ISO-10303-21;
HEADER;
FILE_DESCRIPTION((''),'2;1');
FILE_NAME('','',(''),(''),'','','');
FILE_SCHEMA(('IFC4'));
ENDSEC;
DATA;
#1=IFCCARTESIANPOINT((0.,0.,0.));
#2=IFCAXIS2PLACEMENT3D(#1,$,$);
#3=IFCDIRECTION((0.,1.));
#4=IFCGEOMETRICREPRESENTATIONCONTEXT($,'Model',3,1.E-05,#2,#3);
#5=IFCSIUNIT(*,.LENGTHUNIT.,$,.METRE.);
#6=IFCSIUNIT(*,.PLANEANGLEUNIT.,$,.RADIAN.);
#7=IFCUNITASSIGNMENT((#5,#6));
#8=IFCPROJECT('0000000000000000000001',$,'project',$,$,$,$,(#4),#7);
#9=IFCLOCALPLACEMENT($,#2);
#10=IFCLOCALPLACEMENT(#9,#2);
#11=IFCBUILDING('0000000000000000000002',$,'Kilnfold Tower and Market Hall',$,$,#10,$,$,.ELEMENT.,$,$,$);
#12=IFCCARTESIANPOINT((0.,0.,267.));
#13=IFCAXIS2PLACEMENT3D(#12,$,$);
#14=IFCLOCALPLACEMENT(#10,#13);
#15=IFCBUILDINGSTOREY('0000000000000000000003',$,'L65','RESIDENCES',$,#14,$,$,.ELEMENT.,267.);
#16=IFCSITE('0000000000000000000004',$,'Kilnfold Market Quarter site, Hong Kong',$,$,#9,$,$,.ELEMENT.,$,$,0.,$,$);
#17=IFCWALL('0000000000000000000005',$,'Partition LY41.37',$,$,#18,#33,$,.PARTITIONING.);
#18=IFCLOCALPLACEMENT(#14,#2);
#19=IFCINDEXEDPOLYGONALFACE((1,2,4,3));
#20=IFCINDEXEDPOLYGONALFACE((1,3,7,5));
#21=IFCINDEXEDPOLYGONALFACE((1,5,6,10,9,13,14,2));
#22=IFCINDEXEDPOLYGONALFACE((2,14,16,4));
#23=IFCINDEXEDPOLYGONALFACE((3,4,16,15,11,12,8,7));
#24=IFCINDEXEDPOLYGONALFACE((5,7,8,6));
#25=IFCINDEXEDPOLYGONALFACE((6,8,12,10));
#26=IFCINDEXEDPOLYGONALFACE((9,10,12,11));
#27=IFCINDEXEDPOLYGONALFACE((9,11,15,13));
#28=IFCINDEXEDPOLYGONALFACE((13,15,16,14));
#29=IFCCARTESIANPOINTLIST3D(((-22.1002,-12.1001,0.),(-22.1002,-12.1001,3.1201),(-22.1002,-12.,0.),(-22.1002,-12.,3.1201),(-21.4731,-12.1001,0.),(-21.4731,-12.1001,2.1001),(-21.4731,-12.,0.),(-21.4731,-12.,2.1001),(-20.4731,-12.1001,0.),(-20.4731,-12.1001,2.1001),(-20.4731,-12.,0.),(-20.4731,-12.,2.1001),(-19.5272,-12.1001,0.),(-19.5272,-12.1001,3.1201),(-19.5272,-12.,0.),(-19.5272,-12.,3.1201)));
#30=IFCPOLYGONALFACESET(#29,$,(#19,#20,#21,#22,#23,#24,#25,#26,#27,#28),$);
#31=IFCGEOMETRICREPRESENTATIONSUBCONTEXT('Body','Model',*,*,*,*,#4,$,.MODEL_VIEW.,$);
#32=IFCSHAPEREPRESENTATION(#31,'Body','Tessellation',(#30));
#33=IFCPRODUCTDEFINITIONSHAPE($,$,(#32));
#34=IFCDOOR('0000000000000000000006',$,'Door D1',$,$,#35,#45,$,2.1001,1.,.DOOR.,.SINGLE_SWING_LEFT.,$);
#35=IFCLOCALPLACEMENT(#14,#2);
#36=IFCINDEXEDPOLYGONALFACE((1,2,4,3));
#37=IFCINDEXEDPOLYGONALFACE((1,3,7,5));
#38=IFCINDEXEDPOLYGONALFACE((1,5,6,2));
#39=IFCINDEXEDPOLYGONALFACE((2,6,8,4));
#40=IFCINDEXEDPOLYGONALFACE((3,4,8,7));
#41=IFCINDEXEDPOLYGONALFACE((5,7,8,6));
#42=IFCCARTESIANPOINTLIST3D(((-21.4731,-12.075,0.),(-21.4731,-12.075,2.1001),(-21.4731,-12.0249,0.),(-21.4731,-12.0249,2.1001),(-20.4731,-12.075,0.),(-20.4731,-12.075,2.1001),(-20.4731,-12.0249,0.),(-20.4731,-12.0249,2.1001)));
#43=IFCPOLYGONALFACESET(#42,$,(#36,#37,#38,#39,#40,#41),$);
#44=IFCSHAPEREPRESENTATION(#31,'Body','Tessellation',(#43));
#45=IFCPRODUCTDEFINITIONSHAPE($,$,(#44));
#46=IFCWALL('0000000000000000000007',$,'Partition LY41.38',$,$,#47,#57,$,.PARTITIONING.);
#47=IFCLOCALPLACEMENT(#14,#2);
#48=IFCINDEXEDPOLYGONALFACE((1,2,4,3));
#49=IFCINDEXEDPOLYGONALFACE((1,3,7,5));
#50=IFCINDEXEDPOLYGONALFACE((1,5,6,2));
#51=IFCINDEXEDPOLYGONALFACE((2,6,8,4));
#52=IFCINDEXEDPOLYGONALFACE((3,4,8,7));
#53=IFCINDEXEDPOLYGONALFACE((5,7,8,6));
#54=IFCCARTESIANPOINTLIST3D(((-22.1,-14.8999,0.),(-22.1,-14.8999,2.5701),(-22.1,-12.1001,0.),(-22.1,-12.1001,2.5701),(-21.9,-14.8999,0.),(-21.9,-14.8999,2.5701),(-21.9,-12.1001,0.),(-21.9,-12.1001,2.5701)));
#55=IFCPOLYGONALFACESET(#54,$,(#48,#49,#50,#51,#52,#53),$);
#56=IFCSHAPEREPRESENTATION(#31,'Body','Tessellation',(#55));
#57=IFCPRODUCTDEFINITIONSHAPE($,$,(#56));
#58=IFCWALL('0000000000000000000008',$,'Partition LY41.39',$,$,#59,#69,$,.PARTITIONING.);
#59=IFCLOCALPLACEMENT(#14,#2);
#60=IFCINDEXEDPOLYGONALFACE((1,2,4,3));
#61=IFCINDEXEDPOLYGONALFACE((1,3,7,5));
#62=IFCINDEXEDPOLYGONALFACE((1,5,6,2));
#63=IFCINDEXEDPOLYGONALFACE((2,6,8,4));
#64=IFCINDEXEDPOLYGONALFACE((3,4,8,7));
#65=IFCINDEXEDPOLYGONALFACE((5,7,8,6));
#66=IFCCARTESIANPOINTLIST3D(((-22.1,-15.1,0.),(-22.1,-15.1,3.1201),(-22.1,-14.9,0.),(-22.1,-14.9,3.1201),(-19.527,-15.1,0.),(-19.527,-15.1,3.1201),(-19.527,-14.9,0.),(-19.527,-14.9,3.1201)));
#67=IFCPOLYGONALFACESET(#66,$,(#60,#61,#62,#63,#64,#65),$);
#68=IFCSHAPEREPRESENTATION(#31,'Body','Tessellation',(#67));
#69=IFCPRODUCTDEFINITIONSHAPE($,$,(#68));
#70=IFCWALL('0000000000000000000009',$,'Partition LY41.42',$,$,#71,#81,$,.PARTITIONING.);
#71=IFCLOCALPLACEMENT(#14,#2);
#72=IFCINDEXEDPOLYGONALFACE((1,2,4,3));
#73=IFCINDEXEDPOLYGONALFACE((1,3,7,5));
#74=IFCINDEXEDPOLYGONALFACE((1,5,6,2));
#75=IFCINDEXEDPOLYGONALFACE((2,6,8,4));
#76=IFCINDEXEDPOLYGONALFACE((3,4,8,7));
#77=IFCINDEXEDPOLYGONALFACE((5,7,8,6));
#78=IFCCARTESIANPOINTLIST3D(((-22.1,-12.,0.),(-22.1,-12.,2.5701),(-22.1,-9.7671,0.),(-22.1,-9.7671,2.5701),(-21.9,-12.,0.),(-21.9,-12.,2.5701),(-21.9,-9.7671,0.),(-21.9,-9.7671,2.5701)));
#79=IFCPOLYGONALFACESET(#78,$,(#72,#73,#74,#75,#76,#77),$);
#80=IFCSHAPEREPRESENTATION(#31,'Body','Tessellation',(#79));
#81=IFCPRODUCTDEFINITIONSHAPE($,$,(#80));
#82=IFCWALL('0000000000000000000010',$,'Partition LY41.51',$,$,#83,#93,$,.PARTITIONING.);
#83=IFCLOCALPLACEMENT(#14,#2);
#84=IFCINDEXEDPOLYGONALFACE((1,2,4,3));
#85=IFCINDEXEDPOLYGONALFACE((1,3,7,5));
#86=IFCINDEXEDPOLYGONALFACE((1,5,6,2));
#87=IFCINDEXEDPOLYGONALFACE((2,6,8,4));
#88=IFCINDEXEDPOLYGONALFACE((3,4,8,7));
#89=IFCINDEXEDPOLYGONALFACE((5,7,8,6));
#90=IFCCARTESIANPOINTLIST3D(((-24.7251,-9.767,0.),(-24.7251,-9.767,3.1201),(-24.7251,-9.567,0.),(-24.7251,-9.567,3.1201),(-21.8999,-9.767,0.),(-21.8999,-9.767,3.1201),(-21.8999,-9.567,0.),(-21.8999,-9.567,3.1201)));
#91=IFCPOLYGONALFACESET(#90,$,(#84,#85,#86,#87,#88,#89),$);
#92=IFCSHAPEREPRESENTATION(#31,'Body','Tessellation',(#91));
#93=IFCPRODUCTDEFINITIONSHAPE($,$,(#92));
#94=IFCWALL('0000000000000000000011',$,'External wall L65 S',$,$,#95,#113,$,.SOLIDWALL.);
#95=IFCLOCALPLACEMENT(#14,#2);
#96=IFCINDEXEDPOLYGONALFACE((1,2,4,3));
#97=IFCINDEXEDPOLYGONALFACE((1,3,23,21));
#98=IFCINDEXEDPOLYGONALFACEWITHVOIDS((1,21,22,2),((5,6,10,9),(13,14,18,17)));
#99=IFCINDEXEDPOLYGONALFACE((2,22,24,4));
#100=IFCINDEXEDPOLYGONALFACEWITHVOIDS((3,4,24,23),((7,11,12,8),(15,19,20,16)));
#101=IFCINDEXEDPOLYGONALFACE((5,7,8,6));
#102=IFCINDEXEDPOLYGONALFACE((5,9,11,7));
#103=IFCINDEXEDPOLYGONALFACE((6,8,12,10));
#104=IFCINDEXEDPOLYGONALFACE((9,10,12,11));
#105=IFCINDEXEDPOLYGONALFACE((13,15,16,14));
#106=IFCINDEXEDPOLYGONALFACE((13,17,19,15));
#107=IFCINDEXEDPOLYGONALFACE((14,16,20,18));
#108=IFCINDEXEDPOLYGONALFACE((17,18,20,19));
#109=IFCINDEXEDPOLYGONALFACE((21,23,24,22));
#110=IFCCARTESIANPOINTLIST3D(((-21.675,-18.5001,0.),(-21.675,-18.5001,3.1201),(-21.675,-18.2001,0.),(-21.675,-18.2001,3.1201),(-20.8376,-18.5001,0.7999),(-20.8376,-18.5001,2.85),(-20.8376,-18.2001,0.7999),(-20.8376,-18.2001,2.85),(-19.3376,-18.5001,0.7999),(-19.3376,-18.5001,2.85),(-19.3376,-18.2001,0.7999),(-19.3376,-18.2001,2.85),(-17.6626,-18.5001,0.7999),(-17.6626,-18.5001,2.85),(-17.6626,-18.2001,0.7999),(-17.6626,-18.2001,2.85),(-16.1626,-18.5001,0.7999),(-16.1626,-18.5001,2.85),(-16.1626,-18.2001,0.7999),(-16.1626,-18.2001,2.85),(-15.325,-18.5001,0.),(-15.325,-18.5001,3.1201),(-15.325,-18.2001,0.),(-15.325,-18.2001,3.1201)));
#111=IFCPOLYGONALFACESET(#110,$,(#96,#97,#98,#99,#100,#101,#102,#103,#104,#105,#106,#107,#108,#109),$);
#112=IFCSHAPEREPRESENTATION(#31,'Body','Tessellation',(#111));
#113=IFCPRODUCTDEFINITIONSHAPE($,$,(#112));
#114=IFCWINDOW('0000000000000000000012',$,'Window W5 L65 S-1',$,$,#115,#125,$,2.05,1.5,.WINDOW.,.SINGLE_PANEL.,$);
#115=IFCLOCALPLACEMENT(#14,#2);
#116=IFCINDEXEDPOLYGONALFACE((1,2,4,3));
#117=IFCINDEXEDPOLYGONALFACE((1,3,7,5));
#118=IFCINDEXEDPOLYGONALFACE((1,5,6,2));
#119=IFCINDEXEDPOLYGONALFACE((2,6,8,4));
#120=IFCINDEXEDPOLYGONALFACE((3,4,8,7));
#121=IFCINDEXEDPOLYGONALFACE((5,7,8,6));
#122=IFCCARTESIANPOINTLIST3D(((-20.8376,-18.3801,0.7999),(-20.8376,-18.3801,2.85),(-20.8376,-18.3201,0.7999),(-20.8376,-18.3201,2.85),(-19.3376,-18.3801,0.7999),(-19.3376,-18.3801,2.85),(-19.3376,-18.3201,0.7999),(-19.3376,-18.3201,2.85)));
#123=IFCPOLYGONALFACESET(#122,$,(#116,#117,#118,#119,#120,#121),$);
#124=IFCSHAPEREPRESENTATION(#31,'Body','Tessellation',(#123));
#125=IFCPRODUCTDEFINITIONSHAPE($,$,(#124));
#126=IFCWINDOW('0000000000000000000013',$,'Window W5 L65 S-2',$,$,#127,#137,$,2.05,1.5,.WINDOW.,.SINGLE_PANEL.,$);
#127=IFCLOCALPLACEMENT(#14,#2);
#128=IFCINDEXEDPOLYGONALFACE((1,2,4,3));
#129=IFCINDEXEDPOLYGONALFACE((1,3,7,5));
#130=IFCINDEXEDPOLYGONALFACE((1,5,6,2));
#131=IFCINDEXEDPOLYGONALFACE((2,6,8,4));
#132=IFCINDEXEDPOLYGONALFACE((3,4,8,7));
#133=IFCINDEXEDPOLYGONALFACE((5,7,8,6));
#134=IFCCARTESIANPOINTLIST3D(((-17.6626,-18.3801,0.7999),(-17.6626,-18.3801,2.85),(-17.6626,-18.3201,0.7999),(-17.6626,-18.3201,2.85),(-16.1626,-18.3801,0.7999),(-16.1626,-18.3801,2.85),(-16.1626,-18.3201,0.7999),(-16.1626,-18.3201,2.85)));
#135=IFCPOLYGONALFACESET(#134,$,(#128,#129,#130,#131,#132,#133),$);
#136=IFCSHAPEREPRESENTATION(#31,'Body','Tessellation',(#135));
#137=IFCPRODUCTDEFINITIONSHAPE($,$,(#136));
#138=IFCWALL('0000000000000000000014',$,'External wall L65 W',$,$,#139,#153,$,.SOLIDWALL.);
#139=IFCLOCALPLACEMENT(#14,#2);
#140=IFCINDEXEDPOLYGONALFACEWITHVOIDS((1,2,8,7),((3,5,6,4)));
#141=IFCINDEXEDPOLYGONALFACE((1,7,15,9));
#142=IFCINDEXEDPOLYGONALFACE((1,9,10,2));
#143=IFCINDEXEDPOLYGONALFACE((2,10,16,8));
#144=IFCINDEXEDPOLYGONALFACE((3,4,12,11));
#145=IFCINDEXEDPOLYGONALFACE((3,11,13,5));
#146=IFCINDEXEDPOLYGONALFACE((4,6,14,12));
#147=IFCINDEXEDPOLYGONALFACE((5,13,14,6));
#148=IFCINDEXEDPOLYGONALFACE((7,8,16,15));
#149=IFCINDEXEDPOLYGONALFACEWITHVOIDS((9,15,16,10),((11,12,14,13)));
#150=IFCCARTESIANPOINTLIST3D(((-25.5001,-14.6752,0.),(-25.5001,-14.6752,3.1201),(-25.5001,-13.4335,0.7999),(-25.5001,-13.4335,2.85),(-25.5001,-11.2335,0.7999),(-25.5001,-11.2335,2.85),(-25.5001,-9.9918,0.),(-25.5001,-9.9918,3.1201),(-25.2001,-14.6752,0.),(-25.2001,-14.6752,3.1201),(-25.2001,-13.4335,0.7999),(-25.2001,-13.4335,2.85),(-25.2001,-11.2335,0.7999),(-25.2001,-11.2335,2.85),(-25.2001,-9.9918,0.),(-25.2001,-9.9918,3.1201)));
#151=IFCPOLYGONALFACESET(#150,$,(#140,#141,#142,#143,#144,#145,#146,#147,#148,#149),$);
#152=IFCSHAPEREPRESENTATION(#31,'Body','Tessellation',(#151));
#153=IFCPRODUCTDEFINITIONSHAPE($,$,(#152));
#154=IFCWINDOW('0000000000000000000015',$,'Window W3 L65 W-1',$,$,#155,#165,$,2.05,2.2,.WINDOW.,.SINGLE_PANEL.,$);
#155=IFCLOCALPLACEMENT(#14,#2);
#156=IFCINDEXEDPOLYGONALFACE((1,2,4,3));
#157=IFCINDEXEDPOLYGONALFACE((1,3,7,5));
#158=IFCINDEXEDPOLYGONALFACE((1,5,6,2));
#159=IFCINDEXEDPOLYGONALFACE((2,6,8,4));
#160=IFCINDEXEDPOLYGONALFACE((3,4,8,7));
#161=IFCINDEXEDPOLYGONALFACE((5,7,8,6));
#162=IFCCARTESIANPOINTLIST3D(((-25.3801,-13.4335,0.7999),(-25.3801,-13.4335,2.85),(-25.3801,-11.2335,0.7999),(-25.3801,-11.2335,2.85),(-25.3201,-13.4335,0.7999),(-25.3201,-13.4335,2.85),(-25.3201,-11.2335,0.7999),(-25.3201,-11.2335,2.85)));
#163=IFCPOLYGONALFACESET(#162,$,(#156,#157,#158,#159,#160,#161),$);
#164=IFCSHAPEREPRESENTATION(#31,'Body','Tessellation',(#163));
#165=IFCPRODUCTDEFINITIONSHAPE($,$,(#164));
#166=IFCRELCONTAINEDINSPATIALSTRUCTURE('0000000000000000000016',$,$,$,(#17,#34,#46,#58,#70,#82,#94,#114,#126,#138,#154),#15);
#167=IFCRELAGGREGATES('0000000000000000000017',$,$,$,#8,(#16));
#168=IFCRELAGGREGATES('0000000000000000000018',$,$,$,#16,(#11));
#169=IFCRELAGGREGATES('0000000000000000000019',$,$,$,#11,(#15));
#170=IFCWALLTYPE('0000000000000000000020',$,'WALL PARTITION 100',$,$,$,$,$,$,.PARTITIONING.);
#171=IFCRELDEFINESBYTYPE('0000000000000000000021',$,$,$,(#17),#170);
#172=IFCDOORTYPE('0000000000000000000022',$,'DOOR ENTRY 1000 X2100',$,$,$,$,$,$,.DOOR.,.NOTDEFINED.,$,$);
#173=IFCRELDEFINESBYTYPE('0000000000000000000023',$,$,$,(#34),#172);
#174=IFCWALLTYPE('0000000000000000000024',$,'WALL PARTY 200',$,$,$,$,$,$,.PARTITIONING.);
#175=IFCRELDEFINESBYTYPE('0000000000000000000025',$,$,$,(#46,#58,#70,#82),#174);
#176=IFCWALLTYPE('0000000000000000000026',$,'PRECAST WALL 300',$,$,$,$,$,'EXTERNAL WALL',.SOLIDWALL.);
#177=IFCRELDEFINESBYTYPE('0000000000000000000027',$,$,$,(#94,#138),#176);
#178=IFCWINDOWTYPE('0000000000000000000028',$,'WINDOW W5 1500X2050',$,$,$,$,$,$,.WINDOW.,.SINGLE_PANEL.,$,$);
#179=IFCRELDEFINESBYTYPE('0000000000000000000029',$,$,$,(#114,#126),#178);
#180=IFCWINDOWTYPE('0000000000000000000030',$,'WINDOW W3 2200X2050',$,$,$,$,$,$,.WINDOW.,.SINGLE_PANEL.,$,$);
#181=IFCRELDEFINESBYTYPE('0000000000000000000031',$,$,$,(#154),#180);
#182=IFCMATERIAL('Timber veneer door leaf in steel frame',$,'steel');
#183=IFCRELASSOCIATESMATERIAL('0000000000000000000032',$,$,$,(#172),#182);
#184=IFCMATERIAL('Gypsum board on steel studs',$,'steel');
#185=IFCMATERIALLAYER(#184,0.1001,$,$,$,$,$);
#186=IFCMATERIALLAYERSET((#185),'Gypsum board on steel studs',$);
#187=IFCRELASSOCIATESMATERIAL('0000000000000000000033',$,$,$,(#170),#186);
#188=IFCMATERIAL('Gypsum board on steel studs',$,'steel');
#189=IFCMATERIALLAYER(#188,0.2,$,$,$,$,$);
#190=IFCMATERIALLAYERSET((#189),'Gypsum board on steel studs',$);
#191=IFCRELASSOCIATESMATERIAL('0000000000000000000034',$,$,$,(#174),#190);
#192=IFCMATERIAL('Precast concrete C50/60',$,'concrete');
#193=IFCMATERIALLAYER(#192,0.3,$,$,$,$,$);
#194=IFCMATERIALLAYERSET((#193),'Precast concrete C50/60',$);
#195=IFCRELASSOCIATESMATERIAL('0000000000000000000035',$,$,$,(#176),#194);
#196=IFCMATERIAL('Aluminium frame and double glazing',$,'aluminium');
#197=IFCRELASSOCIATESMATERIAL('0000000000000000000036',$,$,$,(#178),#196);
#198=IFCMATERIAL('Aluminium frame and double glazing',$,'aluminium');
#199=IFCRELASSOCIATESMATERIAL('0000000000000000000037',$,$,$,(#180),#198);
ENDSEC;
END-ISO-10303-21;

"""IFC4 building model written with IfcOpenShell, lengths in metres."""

from ifc_helpers import new_model, si_unit, direction, frame, frame_2d, origin, place, context, subcontext, project, spatial, rectangle, extrude, source, transform, mapped, material, layer, layer_set, type_object, element, fill, save


model = new_model("IFC4")

# Units and contexts
model_context = context("Model", 3, precision=1e-05, world=origin(), true_north=direction((0.0, 1.0)))
body_context = subcontext(model_context, "Body", "Model", "MODEL_VIEW")
ifc_project = project(units=[si_unit("LENGTHUNIT", "METRE"), si_unit("PLANEANGLEUNIT", "RADIAN")], contexts=[model_context])

# Site, building, storey
site_placement = place(None, origin())
site = spatial("IfcSite", under=ifc_project, at=site_placement, Name="Kilnfold Market Quarter site, Hong Kong", CompositionType="ELEMENT", RefElevation=0.0)
building_placement = place(site_placement, origin())
building = spatial("IfcBuilding", under=site, at=building_placement, Name="Kilnfold Tower and Market Hall", CompositionType="ELEMENT")
storey_placement = place(building_placement, frame((0.0, 0.0, 267.0)))
storey = spatial("IfcBuildingStorey", under=building, at=storey_placement, Name="L65", Description="RESIDENCES", CompositionType="ELEMENT", Elevation=267.0)

# Shared definitions
ifc_material_1 = material(Name="Timber veneer door leaf in steel frame", Category="steel")
door_type_1 = type_object("IfcDoorType", Name="DOOR ENTRY 1000 X2100", OperationType="NOTDEFINED", PredefinedType="DOOR", material=ifc_material_1)

# Wall, opening, door
ifc_material_2 = material(Name="Gypsum board on steel studs", Category="steel")
ifc_layer_1 = layer(ifc_material_2, 0.1001)
ifc_layer_set_1 = layer_set([ifc_layer_1], Name="Gypsum board on steel studs")
wall_type_1 = type_object("IfcWallType", Name="WALL PARTITION 100", PredefinedType="PARTITIONING", material=ifc_layer_set_1)
wall_1_placement = place(storey_placement, frame((-19.5271, -12.05, 0.0), z_axis=(0.0, 0.0, 1.0), x_axis=(-1.0, 0.0, 0.0)))
wall_1 = element("IfcWall", 1, at=wall_1_placement, inside=storey, type_object=wall_type_1, Name="Partition LY41.37", PredefinedType="PARTITIONING", context=body_context, shape_type="SweptSolid", body=[
    extrude(rectangle(XDim=2.573, YDim=0.1001, at=frame_2d((1.2866, 0.0))), origin(), (0.0, 0.0, 1.0), 3.1201),
])
opening_1_placement = place(wall_1_placement, frame((0.946, 0.0, 0.0)))
opening_1 = element("IfcOpeningElement", 2, at=opening_1_placement, cuts=wall_1, PredefinedType="OPENING", context=body_context, shape_type="SweptSolid", body=[
    extrude(rectangle(XDim=1.0, YDim=2.1001, at=frame_2d((0.5, 1.05))), frame((0.0, 0.0601, 0.0), z_axis=(0.0, -1.0, 0.0), x_axis=(1.0, 0.0, 0.0)), (0.0, 0.0, 1.0), 0.1201),
])
door_1_placement = place(opening_1_placement, origin())
door_1 = element("IfcDoor", 3, at=door_1_placement, inside=storey, type_object=door_type_1, Name="Door D1", OperationType="SINGLE_SWING_LEFT", OverallHeight=2.1001, OverallWidth=1.0, PredefinedType="DOOR", context=body_context, shape_type="SweptSolid", body=[
    extrude(rectangle(XDim=1.0, YDim=2.1001, at=frame_2d((0.5, 1.05))), frame((0.0, 0.0249, 0.0), z_axis=(0.0, -1.0, 0.0), x_axis=(1.0, 0.0, 0.0)), (0.0, 0.0, 1.0), 0.05),
])
fill(opening_1, door_1)

# Walls
ifc_material_3 = material(Name="Gypsum board on steel studs", Category="steel")
ifc_layer_2 = layer(ifc_material_3, 0.2)
ifc_layer_set_2 = layer_set([ifc_layer_2], Name="Gypsum board on steel studs")
wall_type_2 = type_object("IfcWallType", Name="WALL PARTY 200", PredefinedType="PARTITIONING", material=ifc_layer_set_2)
wall_2_placement = place(storey_placement, frame((-22.0, -14.8999, 0.0), z_axis=(0.0, 0.0, 1.0), x_axis=(0.0, 1.0, 0.0)))
element("IfcWall", 4, at=wall_2_placement, inside=storey, type_object=wall_type_2, Name="Partition LY41.38", PredefinedType="PARTITIONING", context=body_context, shape_type="SweptSolid", body=[
    extrude(rectangle(XDim=2.7998, YDim=0.2, at=frame_2d((1.3999, 0.0))), origin(), (0.0, 0.0, 1.0), 2.5701),
])
wall_3_placement = place(storey_placement, frame((-22.1001, -15.0, 0.0), z_axis=(0.0, 0.0, 1.0), x_axis=(1.0, 0.0, 0.0)))
element("IfcWall", 5, at=wall_3_placement, inside=storey, type_object=wall_type_2, Name="Partition LY41.39", PredefinedType="PARTITIONING", context=body_context, shape_type="SweptSolid", body=[
    extrude(rectangle(XDim=2.573, YDim=0.2, at=frame_2d((1.2866, 0.0))), origin(), (0.0, 0.0, 1.0), 3.1201),
])
wall_4_placement = place(storey_placement, frame((-22.0, -12.0, 0.0), z_axis=(0.0, 0.0, 1.0), x_axis=(0.0, 1.0, 0.0)))
element("IfcWall", 6, at=wall_4_placement, inside=storey, type_object=wall_type_2, Name="Partition LY41.42", PredefinedType="PARTITIONING", context=body_context, shape_type="SweptSolid", body=[
    extrude(rectangle(XDim=2.2329, YDim=0.2, at=frame_2d((1.1165, 0.0))), origin(), (0.0, 0.0, 1.0), 2.5701),
])
wall_5_placement = place(storey_placement, frame((-24.7251, -9.667, 0.0), z_axis=(0.0, 0.0, 1.0), x_axis=(1.0, 0.0, 0.0)))
element("IfcWall", 7, at=wall_5_placement, inside=storey, type_object=wall_type_2, Name="Partition LY41.51", PredefinedType="PARTITIONING", context=body_context, shape_type="SweptSolid", body=[
    extrude(rectangle(XDim=2.8252, YDim=0.2, at=frame_2d((1.4126, 0.0))), origin(), (0.0, 0.0, 1.0), 3.1201),
])

# Wall, openings, windows
ifc_material_4 = material(Name="Precast concrete C50/60", Category="concrete")
ifc_layer_3 = layer(ifc_material_4, 0.3)
ifc_layer_set_3 = layer_set([ifc_layer_3], Name="Precast concrete C50/60")
wall_type_3 = type_object("IfcWallType", Name="PRECAST WALL 300", ElementType="EXTERNAL WALL", PredefinedType="SOLIDWALL", material=ifc_layer_set_3)
shared_shape_1 = source(origin(), body_context, "Body", "SweptSolid", [
    extrude(rectangle(XDim=6.3501, YDim=0.3, at=frame_2d((3.175, 0.0))), origin(), (0.0, 0.0, 1.0), 3.1201),
])
wall_6_placement = place(storey_placement, frame((-21.675, -18.3501, 0.0), z_axis=(0.0, 0.0, 1.0), x_axis=(1.0, 0.0, 0.0)))
wall_6 = element("IfcWall", 8, at=wall_6_placement, inside=storey, type_object=wall_type_3, Name="External wall L65 S", PredefinedType="SOLIDWALL", context=body_context, shape_type="MappedRepresentation", body=[
    mapped(shared_shape_1, transform((0.0, 0.0, 0.0))),
])
opening_2_placement = place(wall_6_placement, frame((0.8374, 0.0, 0.8)))
opening_2 = element("IfcOpeningElement", 9, at=opening_2_placement, cuts=wall_6, PredefinedType="OPENING", context=body_context, shape_type="SweptSolid", body=[
    extrude(rectangle(XDim=1.5, YDim=2.05, at=frame_2d((0.75, 1.0249))), frame((0.0, 0.1602, 0.0), z_axis=(0.0, -1.0, 0.0), x_axis=(1.0, 0.0, 0.0)), (0.0, 0.0, 1.0), 0.3201),
])
opening_3_placement = place(wall_6_placement, frame((4.0125, 0.0, 0.8)))
opening_3 = element("IfcOpeningElement", 10, at=opening_3_placement, cuts=wall_6, PredefinedType="OPENING", context=body_context, shape_type="SweptSolid", body=[
    extrude(rectangle(XDim=1.5, YDim=2.05, at=frame_2d((0.75, 1.0249))), frame((0.0, 0.1602, 0.0), z_axis=(0.0, -1.0, 0.0), x_axis=(1.0, 0.0, 0.0)), (0.0, 0.0, 1.0), 0.3201),
])
ifc_material_5 = material(Name="Aluminium frame and double glazing", Category="aluminium")
window_type_1 = type_object("IfcWindowType", Name="WINDOW W5 1500X2050", PartitioningType="SINGLE_PANEL", PredefinedType="WINDOW", material=ifc_material_5)
window_1_placement = place(opening_2_placement, origin())
window_1 = element("IfcWindow", 11, at=window_1_placement, inside=storey, type_object=window_type_1, Name="Window W5 L65 S-1", OverallHeight=2.05, OverallWidth=1.5, PartitioningType="SINGLE_PANEL", PredefinedType="WINDOW", context=body_context, shape_type="SweptSolid", body=[
    extrude(rectangle(XDim=1.5, YDim=2.05, at=frame_2d((0.75, 1.0249))), frame((0.0, 0.03, 0.0), z_axis=(0.0, -1.0, 0.0), x_axis=(1.0, 0.0, 0.0)), (0.0, 0.0, 1.0), 0.0601),
])
fill(opening_2, window_1)
window_2_placement = place(opening_3_placement, origin())
window_2 = element("IfcWindow", 12, at=window_2_placement, inside=storey, type_object=window_type_1, Name="Window W5 L65 S-2", OverallHeight=2.05, OverallWidth=1.5, PartitioningType="SINGLE_PANEL", PredefinedType="WINDOW", context=body_context, shape_type="SweptSolid", body=[
    extrude(rectangle(XDim=1.5, YDim=2.05, at=frame_2d((0.75, 1.0249))), frame((0.0, 0.03, 0.0), z_axis=(0.0, -1.0, 0.0), x_axis=(1.0, 0.0, 0.0)), (0.0, 0.0, 1.0), 0.0601),
])
fill(opening_3, window_2)

# Wall, opening, window
shared_shape_2 = source(origin(), body_context, "Body", "SweptSolid", [
    extrude(rectangle(XDim=4.6833, YDim=0.3, at=frame_2d((2.3418, 0.0))), origin(), (0.0, 0.0, 1.0), 3.1201),
])
wall_7_placement = place(storey_placement, frame((-25.3501, -9.9917, 0.0), z_axis=(0.0, 0.0, 1.0), x_axis=(0.0, -1.0, 0.0)))
wall_7 = element("IfcWall", 13, at=wall_7_placement, inside=storey, type_object=wall_type_3, Name="External wall L65 W", PredefinedType="SOLIDWALL", context=body_context, shape_type="MappedRepresentation", body=[
    mapped(shared_shape_2, transform((0.0, 0.0, 0.0))),
])
opening_4_placement = place(wall_7_placement, frame((1.2417, 0.0, 0.8)))
opening_4 = element("IfcOpeningElement", 14, at=opening_4_placement, cuts=wall_7, PredefinedType="OPENING", context=body_context, shape_type="SweptSolid", body=[
    extrude(rectangle(XDim=2.2, YDim=2.05, at=frame_2d((1.1001, 1.0249))), frame((0.0, 0.1602, 0.0), z_axis=(0.0, -1.0, 0.0), x_axis=(1.0, 0.0, 0.0)), (0.0, 0.0, 1.0), 0.3201),
])
ifc_material_6 = material(Name="Aluminium frame and double glazing", Category="aluminium")
window_type_2 = type_object("IfcWindowType", Name="WINDOW W3 2200X2050", PartitioningType="SINGLE_PANEL", PredefinedType="WINDOW", material=ifc_material_6)
window_3_placement = place(opening_4_placement, origin())
window_3 = element("IfcWindow", 15, at=window_3_placement, inside=storey, type_object=window_type_2, Name="Window W3 L65 W-1", OverallHeight=2.05, OverallWidth=2.2, PartitioningType="SINGLE_PANEL", PredefinedType="WINDOW", context=body_context, shape_type="SweptSolid", body=[
    extrude(rectangle(XDim=2.2, YDim=2.05, at=frame_2d((1.1001, 1.0249))), frame((0.0, 0.03, 0.0), z_axis=(0.0, -1.0, 0.0), x_axis=(1.0, 0.0, 0.0)), (0.0, 0.0, 1.0), 0.0601),
])
fill(opening_4, window_3)

save(model, "model.ifc")
